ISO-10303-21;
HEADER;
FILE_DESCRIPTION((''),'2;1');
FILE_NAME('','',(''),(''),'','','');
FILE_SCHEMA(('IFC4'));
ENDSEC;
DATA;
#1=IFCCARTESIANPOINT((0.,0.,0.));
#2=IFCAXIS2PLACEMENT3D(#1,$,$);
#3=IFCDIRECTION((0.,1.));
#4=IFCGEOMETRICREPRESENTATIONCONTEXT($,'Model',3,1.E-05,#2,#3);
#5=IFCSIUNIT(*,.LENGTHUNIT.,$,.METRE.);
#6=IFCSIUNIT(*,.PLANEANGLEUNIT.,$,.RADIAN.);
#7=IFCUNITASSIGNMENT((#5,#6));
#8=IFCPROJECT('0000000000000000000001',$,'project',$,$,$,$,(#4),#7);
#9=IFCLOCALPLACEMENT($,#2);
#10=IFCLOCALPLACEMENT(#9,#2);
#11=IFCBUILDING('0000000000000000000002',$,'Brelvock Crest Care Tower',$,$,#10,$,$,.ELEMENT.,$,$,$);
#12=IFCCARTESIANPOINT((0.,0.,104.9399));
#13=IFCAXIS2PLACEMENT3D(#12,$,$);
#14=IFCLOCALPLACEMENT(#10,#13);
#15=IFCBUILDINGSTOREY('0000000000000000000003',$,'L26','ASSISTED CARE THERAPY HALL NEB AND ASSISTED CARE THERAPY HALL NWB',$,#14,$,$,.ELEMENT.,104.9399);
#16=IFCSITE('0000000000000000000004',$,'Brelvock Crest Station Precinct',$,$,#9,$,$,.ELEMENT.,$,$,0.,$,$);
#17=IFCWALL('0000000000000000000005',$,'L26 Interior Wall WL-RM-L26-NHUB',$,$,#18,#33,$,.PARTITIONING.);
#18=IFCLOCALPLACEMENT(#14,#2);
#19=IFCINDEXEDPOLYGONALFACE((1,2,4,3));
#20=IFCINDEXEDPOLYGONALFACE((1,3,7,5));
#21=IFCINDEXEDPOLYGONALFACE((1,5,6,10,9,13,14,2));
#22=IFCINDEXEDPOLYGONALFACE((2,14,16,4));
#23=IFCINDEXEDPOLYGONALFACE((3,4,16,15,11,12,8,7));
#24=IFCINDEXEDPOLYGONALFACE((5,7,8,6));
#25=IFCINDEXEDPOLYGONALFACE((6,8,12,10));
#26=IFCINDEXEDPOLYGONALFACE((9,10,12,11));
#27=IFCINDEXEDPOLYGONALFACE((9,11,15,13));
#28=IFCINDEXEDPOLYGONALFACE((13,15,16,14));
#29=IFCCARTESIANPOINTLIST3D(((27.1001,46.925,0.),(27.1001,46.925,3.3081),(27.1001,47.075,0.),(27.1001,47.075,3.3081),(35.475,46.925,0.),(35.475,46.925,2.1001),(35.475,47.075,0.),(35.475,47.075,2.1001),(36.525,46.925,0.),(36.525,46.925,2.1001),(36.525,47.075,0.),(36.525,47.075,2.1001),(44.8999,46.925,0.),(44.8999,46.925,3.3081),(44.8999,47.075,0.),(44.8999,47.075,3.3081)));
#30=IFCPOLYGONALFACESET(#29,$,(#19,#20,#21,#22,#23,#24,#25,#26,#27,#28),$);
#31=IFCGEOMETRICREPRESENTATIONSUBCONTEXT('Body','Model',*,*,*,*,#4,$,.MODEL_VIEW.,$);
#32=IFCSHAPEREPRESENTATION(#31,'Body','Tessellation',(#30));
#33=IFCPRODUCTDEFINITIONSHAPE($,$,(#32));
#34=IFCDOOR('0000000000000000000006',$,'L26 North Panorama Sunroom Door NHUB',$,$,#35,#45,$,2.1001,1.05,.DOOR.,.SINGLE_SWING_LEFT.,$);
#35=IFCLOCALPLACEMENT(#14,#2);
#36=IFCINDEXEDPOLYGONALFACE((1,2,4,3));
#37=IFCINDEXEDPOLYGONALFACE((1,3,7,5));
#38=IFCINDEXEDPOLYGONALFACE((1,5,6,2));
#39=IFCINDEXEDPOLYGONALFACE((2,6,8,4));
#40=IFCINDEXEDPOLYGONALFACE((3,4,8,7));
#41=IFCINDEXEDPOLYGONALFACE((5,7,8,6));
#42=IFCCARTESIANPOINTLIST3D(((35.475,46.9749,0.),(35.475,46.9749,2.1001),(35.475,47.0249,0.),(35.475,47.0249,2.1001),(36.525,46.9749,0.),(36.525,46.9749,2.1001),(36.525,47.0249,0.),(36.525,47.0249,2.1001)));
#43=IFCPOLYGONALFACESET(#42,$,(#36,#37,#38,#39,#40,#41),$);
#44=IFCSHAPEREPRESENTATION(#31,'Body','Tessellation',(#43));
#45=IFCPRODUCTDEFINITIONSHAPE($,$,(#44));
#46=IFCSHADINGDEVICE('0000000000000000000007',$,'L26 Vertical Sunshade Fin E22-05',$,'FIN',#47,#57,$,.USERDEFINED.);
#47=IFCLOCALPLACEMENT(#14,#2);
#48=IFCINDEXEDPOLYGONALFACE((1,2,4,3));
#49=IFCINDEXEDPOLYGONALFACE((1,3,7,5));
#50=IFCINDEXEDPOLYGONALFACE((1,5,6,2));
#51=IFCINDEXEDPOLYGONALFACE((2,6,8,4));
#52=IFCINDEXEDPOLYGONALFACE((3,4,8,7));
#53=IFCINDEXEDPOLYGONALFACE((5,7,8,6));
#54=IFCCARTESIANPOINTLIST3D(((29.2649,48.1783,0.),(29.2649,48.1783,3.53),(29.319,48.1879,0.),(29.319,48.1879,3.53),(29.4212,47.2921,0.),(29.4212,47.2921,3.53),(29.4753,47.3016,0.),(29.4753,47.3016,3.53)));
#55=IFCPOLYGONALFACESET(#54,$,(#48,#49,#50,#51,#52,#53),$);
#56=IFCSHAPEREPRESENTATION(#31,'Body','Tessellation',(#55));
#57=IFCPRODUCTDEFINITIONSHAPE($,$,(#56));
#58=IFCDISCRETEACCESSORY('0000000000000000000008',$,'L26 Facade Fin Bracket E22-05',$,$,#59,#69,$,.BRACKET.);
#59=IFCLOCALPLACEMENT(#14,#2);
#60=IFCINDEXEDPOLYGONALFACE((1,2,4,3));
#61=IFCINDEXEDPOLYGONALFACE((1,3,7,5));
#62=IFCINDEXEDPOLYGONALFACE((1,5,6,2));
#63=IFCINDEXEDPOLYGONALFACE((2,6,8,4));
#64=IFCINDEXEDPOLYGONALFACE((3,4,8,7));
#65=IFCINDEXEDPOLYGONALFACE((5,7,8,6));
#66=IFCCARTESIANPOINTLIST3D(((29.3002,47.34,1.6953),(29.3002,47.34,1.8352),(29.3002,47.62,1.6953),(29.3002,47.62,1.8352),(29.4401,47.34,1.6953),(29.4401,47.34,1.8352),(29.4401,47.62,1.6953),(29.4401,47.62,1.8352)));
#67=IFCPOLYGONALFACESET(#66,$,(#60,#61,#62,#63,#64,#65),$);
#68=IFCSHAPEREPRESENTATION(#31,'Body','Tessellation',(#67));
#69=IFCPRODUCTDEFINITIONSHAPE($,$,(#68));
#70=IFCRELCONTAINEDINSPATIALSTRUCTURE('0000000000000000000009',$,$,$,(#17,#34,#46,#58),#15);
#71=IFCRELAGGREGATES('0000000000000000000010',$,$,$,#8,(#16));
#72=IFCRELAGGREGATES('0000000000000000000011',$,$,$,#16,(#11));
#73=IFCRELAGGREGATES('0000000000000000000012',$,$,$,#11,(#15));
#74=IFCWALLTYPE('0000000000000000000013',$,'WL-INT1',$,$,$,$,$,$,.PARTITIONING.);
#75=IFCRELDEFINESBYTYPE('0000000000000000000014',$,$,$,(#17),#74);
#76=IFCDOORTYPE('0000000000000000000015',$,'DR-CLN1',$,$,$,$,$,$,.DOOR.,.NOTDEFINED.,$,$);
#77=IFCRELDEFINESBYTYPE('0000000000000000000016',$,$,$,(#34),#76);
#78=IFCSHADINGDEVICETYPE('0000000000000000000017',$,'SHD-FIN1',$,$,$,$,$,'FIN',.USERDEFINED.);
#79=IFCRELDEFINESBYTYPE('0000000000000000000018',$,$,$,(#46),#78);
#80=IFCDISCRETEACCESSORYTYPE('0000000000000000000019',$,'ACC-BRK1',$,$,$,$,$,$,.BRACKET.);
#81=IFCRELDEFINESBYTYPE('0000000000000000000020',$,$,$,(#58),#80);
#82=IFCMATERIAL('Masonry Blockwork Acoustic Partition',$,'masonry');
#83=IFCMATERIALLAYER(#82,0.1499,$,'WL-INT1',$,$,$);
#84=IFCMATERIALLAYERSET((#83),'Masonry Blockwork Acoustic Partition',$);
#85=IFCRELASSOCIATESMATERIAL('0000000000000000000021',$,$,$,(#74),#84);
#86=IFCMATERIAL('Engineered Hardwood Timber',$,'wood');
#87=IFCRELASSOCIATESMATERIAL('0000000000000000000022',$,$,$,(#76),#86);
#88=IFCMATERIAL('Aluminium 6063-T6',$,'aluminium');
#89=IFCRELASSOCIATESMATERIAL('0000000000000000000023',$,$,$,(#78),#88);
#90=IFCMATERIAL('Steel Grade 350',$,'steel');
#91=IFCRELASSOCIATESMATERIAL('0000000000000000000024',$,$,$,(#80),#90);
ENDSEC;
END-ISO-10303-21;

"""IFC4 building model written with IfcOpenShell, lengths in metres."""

from ifc_helpers import new_model, si_unit, direction, frame, frame_2d, origin, origin_2d, place, context, subcontext, project, spatial, rectangle, extrude, source, transform, mapped, material, layer, layer_set, material_profile, profile_set, type_object, element, fill, save


model = new_model("IFC4")

# Units and contexts
model_context = context("Model", 3, precision=1e-05, world=origin(), true_north=direction((0.0, 1.0)))
body_context = subcontext(model_context, "Body", "Model", "MODEL_VIEW")
ifc_project = project(units=[si_unit("LENGTHUNIT", "METRE"), si_unit("PLANEANGLEUNIT", "RADIAN")], contexts=[model_context])

# Site, building, storey
site_placement = place(None, origin())
site = spatial("IfcSite", under=ifc_project, at=site_placement, Name="Brelvock Crest Station Precinct", CompositionType="ELEMENT", RefElevation=0.0)
building_placement = place(site_placement, origin())
building = spatial("IfcBuilding", under=site, at=building_placement, Name="Brelvock Crest Care Tower", CompositionType="ELEMENT")
storey_placement = place(building_placement, frame((0.0, 0.0, 104.9399)))
storey = spatial("IfcBuildingStorey", under=building, at=storey_placement, Name="L26", Description="ASSISTED CARE THERAPY HALL NEB AND ASSISTED CARE THERAPY HALL NWB", CompositionType="ELEMENT", Elevation=104.9399)

# Shared definitions
ifc_material_1 = material(Name="Steel Grade 350", Category="steel")

# Shared definitions
ifc_material_2 = material(Name="Aluminium 6063-T6", Category="aluminium")

# Shared definitions
ifc_material_3 = material(Name="Masonry Blockwork Acoustic Partition", Category="masonry")
ifc_layer_1 = layer(ifc_material_3, 0.1499, Name="WL-INT1")
ifc_layer_set_1 = layer_set([ifc_layer_1], Name="Masonry Blockwork Acoustic Partition")
wall_type_1 = type_object("IfcWallType", Name="WL-INT1", PredefinedType="PARTITIONING", material=ifc_layer_set_1)

# Wall, opening, door
wall_1_placement = place(storey_placement, frame((27.1001, 47.0, 0.0), z_axis=(0.0, 0.0, 1.0), x_axis=(1.0, 0.0, 0.0)))
wall_1 = element("IfcWall", 1, at=wall_1_placement, inside=storey, type_object=wall_type_1, Name="L26 Interior Wall WL-RM-L26-NHUB", PredefinedType="PARTITIONING", context=body_context, shape_type="SweptSolid", body=[
    extrude(rectangle(XDim=17.7998, YDim=0.1499, at=frame_2d((8.8999, 0.0))), origin(), (0.0, 0.0, 1.0), 3.3081),
])
opening_placement = place(wall_1_placement, frame((8.375, 0.0, 0.0)))
opening = element("IfcOpeningElement", 2, at=opening_placement, cuts=wall_1, PredefinedType="OPENING", context=body_context, shape_type="SweptSolid", body=[
    extrude(rectangle(XDim=1.05, YDim=2.1001, at=origin_2d()), frame((0.5249, 0.085, 1.05), z_axis=(0.0, -1.0, 0.0), x_axis=(1.0, 0.0, 0.0)), (0.0, 0.0, 1.0), 0.1699),
])
ifc_material_4 = material(Name="Engineered Hardwood Timber", Category="wood")
door_type = type_object("IfcDoorType", Name="DR-CLN1", OperationType="NOTDEFINED", PredefinedType="DOOR", material=ifc_material_4)
shared_shape_1 = source(origin(), body_context, "Body", "SweptSolid", [
    extrude(rectangle(XDim=1.05, YDim=2.1001, at=origin_2d()), frame((0.5249, 0.0249, 1.05), z_axis=(0.0, -1.0, 0.0), x_axis=(1.0, 0.0, 0.0)), (0.0, 0.0, 1.0), 0.05),
])
door_placement = place(opening_placement, origin())
door = element("IfcDoor", 3, at=door_placement, inside=storey, type_object=door_type, Name="L26 North Panorama Sunroom Door NHUB", OperationType="SINGLE_SWING_LEFT", OverallHeight=2.1001, OverallWidth=1.05, PredefinedType="DOOR", context=body_context, shape_type="MappedRepresentation", body=[
    mapped(shared_shape_1, transform((0.0, 0.0, 0.0), x_axis=(1.0, 0.0, 0.0), y_axis=(0.0, 1.0, 0.0), z_axis=(0.0, 0.0, 1.0), scale=1.0)),
])
fill(opening, door)

# Shading device
ifc_material_profile_1 = material_profile(ifc_material_2, rectangle(XDim=0.0549, YDim=0.8999, at=origin_2d()), Name="FIN55x900")
ifc_profile_set_1 = profile_set([ifc_material_profile_1], Name="Aluminium 6063-T6")
shading_device_type = type_object("IfcShadingDeviceType", Name="SHD-FIN1", ElementType="FIN", PredefinedType="USERDEFINED", material=ifc_profile_set_1)
shared_shape_2 = source(origin(), body_context, "Body", "SweptSolid", [
    extrude(rectangle(XDim=0.0549, YDim=0.8999, at=origin_2d()), origin(), (0.0, 0.0, 1.0), 3.53),
])
shading_device_placement = place(storey_placement, frame((29.3701, 47.74, 0.0), z_axis=(0.0, 0.0, 1.0), x_axis=(0.984808, 0.173648, 0.0)))
element("IfcShadingDevice", 4, at=shading_device_placement, inside=storey, type_object=shading_device_type, Name="L26 Vertical Sunshade Fin E22-05", ObjectType="FIN", PredefinedType="USERDEFINED", context=body_context, shape_type="MappedRepresentation", body=[
    mapped(shared_shape_2, transform((0.0, 0.0, 0.0), x_axis=(1.0, 0.0, 0.0), y_axis=(0.0, 1.0, 0.0), z_axis=(0.0, 0.0, 1.0), scale=1.0)),
])

# Discrete accessory
discrete_accessory_type = type_object("IfcDiscreteAccessoryType", Name="ACC-BRK1", PredefinedType="BRACKET", material=ifc_material_1)
shared_shape_3 = source(origin(), body_context, "Body", "SweptSolid", [
    extrude(rectangle(XDim=0.28, YDim=0.1399, at=origin_2d()), origin(), (0.0, 0.0, 1.0), 0.1399),
])
discrete_accessory_placement = place(storey_placement, frame((29.3701, 47.48, 1.6953), z_axis=(0.0, 0.0, 1.0), x_axis=(0.0, 1.0, 0.0)))
element("IfcDiscreteAccessory", 5, at=discrete_accessory_placement, inside=storey, type_object=discrete_accessory_type, Name="L26 Facade Fin Bracket E22-05", PredefinedType="BRACKET", context=body_context, shape_type="MappedRepresentation", body=[
    mapped(shared_shape_3, transform((0.0, 0.0, 0.0), x_axis=(1.0, 0.0, 0.0), y_axis=(0.0, 1.0, 0.0), z_axis=(0.0, 0.0, 1.0), scale=1.0)),
])

save(model, "model.ifc")
